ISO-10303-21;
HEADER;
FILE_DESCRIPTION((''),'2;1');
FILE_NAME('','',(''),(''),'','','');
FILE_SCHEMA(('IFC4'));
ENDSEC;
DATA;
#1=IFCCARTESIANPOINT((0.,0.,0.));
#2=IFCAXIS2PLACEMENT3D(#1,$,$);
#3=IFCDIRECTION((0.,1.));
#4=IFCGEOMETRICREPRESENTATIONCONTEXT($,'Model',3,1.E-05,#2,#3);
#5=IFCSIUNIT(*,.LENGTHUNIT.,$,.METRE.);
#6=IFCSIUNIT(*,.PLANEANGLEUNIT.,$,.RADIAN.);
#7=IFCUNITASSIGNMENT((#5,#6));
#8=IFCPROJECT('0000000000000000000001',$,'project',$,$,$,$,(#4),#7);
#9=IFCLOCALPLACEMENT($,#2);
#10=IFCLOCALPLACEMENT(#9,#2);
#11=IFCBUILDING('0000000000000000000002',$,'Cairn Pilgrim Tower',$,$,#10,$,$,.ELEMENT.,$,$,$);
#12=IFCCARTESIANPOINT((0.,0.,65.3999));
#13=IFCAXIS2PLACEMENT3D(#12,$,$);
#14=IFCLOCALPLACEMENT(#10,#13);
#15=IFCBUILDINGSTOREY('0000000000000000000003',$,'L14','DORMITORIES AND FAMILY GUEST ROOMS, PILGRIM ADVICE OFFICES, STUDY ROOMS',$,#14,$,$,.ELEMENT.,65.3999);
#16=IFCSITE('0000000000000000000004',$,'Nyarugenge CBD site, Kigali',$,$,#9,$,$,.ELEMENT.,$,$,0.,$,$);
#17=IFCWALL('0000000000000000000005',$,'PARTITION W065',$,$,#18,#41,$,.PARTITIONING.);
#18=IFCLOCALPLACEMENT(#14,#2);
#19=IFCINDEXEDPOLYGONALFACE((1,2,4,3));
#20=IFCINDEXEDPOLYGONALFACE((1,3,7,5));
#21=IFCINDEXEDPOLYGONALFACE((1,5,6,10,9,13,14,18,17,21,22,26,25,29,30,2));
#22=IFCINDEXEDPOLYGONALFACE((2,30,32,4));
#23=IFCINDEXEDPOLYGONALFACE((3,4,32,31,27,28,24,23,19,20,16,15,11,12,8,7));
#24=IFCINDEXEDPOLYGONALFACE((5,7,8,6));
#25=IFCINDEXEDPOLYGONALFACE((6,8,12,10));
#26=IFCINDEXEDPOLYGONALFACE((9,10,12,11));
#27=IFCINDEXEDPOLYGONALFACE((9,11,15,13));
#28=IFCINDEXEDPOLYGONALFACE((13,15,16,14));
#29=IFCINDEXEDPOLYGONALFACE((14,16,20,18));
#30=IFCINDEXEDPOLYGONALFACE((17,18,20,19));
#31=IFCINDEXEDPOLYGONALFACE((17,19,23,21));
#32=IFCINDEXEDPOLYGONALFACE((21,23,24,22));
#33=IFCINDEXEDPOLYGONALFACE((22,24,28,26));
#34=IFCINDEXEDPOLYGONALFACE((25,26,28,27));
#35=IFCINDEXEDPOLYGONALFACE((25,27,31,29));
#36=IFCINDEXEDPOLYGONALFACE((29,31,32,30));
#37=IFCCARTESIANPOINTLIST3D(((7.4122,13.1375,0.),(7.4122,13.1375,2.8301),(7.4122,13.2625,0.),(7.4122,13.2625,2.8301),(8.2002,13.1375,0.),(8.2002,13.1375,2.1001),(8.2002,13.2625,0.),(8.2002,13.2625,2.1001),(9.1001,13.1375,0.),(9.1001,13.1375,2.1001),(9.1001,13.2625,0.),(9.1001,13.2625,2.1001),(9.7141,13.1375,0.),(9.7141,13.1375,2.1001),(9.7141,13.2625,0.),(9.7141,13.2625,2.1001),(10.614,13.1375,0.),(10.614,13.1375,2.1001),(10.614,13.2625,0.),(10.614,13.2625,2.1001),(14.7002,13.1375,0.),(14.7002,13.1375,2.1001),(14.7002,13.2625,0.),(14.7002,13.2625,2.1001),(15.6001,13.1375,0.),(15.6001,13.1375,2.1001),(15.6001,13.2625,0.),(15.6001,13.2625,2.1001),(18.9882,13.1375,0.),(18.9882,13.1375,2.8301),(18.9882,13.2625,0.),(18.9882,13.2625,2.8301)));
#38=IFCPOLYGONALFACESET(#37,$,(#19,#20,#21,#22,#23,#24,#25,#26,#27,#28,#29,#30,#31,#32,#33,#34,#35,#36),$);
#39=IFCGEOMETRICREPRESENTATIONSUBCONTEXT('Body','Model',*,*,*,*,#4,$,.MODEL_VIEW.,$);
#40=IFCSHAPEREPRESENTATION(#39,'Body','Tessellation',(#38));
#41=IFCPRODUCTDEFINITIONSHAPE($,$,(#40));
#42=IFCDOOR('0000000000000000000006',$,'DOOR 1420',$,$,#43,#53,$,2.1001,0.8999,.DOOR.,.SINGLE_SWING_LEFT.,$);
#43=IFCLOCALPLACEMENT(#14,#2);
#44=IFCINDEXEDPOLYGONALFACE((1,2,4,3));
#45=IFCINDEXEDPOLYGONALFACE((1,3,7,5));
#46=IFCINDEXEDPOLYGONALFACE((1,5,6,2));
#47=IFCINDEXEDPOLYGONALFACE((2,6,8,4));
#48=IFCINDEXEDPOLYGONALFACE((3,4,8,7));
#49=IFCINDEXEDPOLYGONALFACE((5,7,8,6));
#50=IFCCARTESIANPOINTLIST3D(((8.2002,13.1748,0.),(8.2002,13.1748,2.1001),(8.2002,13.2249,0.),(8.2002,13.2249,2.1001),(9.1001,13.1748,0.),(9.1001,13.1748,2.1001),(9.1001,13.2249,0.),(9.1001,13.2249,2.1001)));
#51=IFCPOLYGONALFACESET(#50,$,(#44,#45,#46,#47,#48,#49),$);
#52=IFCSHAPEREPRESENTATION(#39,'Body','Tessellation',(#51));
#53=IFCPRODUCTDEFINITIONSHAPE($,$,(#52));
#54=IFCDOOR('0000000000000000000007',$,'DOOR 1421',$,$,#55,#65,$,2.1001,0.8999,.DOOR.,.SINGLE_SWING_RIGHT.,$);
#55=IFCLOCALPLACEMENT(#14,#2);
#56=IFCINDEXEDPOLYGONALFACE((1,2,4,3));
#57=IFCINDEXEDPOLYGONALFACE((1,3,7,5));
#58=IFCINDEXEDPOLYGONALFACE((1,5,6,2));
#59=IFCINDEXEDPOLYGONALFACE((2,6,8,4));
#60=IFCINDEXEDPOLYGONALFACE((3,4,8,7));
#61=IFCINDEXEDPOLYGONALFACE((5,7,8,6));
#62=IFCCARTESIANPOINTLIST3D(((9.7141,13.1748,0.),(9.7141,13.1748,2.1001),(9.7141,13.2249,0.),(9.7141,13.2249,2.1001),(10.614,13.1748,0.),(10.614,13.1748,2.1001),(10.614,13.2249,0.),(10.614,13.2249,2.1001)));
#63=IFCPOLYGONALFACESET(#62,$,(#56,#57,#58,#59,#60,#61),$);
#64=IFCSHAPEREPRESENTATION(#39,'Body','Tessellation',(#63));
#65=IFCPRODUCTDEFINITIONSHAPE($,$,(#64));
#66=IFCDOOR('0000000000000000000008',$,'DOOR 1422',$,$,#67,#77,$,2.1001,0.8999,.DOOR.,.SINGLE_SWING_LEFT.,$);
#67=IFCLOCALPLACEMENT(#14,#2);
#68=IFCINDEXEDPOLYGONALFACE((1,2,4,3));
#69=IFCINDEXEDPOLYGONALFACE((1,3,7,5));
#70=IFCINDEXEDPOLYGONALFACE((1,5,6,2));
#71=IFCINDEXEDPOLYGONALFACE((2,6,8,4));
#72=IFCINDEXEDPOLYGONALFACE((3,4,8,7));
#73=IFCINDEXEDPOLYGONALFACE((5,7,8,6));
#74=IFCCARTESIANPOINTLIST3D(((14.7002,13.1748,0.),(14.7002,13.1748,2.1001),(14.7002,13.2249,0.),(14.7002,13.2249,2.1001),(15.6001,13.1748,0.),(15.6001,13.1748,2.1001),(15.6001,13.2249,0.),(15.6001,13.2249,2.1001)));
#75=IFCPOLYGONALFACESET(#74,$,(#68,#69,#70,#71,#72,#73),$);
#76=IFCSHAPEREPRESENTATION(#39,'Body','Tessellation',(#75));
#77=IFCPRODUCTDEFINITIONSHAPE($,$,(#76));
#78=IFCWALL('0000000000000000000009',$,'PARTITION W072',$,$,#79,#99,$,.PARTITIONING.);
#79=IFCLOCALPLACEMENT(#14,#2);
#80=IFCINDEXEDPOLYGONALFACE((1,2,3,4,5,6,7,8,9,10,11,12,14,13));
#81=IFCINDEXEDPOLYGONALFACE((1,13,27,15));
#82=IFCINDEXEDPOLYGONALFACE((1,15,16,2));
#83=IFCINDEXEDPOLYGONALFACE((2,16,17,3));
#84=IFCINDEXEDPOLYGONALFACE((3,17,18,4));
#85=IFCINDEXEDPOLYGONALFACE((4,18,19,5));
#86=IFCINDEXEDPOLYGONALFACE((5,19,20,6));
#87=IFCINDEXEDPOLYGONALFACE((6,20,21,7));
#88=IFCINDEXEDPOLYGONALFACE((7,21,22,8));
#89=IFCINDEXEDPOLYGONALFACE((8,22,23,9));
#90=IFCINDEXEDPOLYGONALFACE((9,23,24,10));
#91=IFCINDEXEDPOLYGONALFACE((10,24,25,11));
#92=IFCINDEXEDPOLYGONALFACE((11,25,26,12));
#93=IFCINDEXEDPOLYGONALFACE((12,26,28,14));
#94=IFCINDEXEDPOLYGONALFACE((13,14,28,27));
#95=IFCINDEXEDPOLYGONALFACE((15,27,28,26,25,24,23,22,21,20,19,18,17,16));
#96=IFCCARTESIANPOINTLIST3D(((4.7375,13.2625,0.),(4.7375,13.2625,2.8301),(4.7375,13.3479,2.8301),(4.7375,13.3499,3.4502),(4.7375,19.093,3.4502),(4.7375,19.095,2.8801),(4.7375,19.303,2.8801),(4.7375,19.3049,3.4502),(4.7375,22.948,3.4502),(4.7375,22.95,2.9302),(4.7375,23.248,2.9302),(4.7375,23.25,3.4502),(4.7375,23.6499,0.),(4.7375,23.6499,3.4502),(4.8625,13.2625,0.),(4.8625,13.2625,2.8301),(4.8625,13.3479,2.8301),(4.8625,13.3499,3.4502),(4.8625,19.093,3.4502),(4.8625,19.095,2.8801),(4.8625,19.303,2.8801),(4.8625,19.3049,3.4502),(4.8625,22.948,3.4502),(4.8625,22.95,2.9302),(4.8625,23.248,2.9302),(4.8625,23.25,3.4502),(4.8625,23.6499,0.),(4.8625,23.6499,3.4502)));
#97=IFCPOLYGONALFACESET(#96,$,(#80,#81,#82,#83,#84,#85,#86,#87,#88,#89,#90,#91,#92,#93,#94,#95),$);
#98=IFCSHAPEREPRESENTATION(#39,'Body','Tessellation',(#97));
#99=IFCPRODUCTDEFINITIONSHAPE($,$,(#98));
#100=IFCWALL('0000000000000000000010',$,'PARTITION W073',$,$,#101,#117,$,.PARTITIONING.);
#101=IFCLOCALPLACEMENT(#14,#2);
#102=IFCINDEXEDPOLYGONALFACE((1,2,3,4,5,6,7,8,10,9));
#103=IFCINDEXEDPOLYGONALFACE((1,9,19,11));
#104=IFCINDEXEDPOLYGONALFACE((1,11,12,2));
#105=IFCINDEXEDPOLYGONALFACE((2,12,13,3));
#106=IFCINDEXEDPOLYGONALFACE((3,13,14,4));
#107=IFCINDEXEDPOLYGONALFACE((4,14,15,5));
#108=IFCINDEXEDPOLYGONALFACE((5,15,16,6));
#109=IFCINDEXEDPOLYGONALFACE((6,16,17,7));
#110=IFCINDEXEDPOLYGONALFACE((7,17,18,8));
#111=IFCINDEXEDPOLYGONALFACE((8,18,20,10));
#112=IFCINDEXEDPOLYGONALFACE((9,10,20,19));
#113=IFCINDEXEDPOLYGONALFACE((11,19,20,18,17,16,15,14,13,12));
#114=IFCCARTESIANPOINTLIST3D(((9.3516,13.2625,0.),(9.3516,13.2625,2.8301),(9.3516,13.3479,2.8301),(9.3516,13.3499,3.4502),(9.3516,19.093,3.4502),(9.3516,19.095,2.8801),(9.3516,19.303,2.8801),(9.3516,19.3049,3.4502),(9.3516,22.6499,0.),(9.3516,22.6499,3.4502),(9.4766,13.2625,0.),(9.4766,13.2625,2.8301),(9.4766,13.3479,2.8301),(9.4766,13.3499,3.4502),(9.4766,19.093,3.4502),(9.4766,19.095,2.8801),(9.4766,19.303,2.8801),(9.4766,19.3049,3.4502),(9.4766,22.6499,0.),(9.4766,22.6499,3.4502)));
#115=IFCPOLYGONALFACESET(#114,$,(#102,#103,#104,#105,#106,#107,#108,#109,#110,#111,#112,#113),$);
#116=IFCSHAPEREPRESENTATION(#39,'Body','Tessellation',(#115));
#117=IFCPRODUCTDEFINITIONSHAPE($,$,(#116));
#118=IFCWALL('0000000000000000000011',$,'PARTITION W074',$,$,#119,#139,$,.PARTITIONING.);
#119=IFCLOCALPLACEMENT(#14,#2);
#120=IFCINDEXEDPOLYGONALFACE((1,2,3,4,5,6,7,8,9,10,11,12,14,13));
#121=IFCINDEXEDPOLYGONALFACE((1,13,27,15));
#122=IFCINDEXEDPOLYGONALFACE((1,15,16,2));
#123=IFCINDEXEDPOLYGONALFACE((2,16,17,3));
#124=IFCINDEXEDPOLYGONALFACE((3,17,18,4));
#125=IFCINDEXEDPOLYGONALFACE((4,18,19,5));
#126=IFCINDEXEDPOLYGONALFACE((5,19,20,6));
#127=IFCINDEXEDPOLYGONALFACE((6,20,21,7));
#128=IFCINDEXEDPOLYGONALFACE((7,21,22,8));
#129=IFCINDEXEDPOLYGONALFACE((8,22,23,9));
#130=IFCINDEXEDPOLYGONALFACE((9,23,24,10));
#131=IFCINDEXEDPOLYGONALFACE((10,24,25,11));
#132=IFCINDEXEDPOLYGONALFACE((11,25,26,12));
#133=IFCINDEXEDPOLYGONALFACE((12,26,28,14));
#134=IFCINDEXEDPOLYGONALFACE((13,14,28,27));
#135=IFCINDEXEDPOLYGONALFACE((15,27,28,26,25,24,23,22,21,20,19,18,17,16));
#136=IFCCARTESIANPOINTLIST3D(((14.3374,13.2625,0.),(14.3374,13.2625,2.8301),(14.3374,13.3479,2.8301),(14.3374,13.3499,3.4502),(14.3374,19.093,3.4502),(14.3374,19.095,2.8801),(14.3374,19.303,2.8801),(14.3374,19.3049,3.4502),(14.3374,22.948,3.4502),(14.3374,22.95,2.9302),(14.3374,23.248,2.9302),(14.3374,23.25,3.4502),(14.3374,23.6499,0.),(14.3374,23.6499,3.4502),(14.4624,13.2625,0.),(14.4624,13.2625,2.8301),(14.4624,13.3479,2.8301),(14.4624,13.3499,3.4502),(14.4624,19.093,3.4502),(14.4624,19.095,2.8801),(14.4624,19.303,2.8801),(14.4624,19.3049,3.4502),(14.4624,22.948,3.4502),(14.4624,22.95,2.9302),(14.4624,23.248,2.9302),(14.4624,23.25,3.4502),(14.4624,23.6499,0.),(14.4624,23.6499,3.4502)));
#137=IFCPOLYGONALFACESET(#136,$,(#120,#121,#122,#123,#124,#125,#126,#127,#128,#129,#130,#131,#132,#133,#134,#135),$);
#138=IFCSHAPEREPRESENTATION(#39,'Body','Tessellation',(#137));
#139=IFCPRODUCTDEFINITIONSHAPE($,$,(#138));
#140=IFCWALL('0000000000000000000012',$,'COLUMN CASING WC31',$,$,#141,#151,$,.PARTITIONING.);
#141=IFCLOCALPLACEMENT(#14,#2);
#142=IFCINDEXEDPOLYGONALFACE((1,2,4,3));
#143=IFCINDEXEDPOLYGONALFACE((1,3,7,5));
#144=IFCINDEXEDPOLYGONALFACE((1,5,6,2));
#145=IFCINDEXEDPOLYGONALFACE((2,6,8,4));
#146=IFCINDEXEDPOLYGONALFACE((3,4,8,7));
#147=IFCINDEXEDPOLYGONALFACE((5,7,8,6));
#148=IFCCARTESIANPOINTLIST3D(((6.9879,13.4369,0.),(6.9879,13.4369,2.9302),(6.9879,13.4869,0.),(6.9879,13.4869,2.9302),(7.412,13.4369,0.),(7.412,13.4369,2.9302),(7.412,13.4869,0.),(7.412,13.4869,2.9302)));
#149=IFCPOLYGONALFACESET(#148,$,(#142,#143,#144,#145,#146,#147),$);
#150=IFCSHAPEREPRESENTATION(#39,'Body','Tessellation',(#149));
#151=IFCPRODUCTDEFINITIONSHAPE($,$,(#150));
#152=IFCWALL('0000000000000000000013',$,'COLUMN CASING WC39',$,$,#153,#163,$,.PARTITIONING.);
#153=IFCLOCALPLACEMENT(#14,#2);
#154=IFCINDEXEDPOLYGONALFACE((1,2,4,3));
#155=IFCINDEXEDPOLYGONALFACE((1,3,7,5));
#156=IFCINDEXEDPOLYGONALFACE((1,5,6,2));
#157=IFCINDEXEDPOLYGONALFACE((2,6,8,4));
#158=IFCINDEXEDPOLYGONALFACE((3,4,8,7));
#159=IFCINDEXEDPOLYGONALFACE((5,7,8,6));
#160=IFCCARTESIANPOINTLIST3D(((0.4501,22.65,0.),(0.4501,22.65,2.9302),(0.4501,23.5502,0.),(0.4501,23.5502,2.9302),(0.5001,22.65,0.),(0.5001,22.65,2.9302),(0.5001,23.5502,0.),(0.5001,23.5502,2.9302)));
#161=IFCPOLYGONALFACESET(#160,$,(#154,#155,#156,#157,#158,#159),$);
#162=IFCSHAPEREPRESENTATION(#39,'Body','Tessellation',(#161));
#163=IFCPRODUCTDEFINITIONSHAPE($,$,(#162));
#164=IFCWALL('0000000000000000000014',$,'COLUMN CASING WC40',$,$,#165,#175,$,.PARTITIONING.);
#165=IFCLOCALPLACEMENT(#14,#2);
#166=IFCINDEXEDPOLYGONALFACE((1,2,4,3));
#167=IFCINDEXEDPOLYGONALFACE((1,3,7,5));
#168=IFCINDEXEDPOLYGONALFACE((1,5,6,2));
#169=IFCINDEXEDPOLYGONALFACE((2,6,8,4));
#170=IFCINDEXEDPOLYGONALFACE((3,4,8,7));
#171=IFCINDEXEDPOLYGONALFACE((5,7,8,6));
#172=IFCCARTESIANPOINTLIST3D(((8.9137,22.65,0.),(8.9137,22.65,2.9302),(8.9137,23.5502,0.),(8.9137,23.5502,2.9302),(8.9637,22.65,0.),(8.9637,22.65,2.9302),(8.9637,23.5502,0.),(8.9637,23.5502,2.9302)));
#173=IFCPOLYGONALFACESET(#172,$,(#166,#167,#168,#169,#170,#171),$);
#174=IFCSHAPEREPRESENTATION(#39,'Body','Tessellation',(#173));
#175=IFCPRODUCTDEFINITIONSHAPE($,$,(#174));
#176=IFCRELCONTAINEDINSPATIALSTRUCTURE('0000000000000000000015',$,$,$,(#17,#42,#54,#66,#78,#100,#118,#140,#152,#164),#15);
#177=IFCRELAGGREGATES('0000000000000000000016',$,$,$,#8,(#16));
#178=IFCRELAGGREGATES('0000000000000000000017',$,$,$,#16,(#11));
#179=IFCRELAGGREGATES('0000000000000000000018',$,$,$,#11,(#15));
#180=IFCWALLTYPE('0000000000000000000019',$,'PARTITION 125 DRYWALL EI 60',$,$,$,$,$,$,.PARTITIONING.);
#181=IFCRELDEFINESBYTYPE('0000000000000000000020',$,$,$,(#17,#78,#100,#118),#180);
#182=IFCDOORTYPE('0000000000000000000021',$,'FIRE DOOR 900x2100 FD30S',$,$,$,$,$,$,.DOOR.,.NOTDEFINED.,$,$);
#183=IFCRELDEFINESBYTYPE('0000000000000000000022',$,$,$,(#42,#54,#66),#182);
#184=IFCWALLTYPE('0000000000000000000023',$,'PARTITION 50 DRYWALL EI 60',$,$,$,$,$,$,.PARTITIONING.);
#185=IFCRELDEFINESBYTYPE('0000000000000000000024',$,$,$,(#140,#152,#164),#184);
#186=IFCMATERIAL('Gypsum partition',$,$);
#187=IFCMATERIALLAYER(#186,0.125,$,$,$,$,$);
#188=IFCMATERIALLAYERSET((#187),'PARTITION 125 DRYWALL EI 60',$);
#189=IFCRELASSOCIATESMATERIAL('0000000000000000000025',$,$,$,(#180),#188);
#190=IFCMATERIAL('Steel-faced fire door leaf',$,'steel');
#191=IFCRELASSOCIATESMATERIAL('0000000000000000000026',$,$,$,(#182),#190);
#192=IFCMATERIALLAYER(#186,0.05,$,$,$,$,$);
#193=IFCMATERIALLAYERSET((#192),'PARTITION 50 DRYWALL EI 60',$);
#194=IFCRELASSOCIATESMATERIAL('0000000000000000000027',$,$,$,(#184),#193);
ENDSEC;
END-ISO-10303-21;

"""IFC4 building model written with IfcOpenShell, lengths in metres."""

from ifc_helpers import new_model, si_unit, direction, frame, frame_2d, origin, place, context, subcontext, project, spatial, polyline, rectangle, outline, extrude, material, layer, layer_set, type_object, element, fill, save


model = new_model("IFC4")

# Units and contexts
model_context = context("Model", 3, precision=1e-05, world=origin(), true_north=direction((0.0, 1.0)))
body_context = subcontext(model_context, "Body", "Model", "MODEL_VIEW")
ifc_project = project(units=[si_unit("LENGTHUNIT", "METRE"), si_unit("PLANEANGLEUNIT", "RADIAN")], contexts=[model_context])

# Site, building, storey
site_placement = place(None, origin())
site = spatial("IfcSite", under=ifc_project, at=site_placement, Name="Nyarugenge CBD site, Kigali", CompositionType="ELEMENT", RefElevation=0.0)
building_placement = place(site_placement, origin())
building = spatial("IfcBuilding", under=site, at=building_placement, Name="Cairn Pilgrim Tower", CompositionType="ELEMENT")
storey_placement = place(building_placement, frame((0.0, 0.0, 65.3999)))
storey = spatial("IfcBuildingStorey", under=building, at=storey_placement, Name="L14", Description="DORMITORIES AND FAMILY GUEST ROOMS, PILGRIM ADVICE OFFICES, STUDY ROOMS", CompositionType="ELEMENT", Elevation=65.3999)

# Wall, openings, doors
ifc_material_1 = material(Name="Gypsum partition")
ifc_layer_1 = layer(ifc_material_1, 0.125)
ifc_layer_set_1 = layer_set([ifc_layer_1], Name="PARTITION 125 DRYWALL EI 60")
wall_type_1 = type_object("IfcWallType", Name="PARTITION 125 DRYWALL EI 60", PredefinedType="PARTITIONING", material=ifc_layer_set_1)
wall_1_placement = place(storey_placement, frame((7.4121, 13.2, 0.0), z_axis=(0.0, 0.0, 1.0), x_axis=(1.0, 0.0, 0.0)))
wall_1 = element("IfcWall", 1, at=wall_1_placement, inside=storey, type_object=wall_type_1, Name="PARTITION W065", PredefinedType="PARTITIONING", context=body_context, shape_type="SweptSolid", body=[
    extrude(rectangle(XDim=11.5759, YDim=0.125, at=frame_2d((5.7881, 0.0))), origin(), (0.0, 0.0, 1.0), 2.8301),
])
opening_1_placement = place(wall_1_placement, frame((0.7881, 0.0, 0.0)))
opening_1 = element("IfcOpeningElement", 2, at=opening_1_placement, cuts=wall_1, PredefinedType="OPENING", context=body_context, shape_type="SweptSolid", body=[
    extrude(rectangle(XDim=0.8999, YDim=2.1001, at=frame_2d((0.45, 1.05))), frame((0.0, 0.0725, 0.0), z_axis=(0.0, -1.0, 0.0), x_axis=(1.0, 0.0, 0.0)), (0.0, 0.0, 1.0), 0.145),
])
opening_2_placement = place(wall_1_placement, frame((2.302, 0.0, 0.0)))
opening_2 = element("IfcOpeningElement", 3, at=opening_2_placement, cuts=wall_1, PredefinedType="OPENING", context=body_context, shape_type="SweptSolid", body=[
    extrude(rectangle(XDim=0.8999, YDim=2.1001, at=frame_2d((0.45, 1.05))), frame((0.0, 0.0725, 0.0), z_axis=(0.0, -1.0, 0.0), x_axis=(1.0, 0.0, 0.0)), (0.0, 0.0, 1.0), 0.145),
])
opening_3_placement = place(wall_1_placement, frame((7.2881, 0.0, 0.0)))
opening_3 = element("IfcOpeningElement", 4, at=opening_3_placement, cuts=wall_1, PredefinedType="OPENING", context=body_context, shape_type="SweptSolid", body=[
    extrude(rectangle(XDim=0.8999, YDim=2.1001, at=frame_2d((0.45, 1.05))), frame((0.0, 0.0725, 0.0), z_axis=(0.0, -1.0, 0.0), x_axis=(1.0, 0.0, 0.0)), (0.0, 0.0, 1.0), 0.145),
])
ifc_material_2 = material(Name="Steel-faced fire door leaf", Category="steel")
door_type_1 = type_object("IfcDoorType", Name="FIRE DOOR 900x2100 FD30S", OperationType="NOTDEFINED", PredefinedType="DOOR", material=ifc_material_2)
door_1_placement = place(opening_1_placement, origin())
door_1 = element("IfcDoor", 5, at=door_1_placement, inside=storey, type_object=door_type_1, Name="DOOR 1420", OperationType="SINGLE_SWING_LEFT", OverallHeight=2.1001, OverallWidth=0.8999, PredefinedType="DOOR", context=body_context, shape_type="SweptSolid", body=[
    extrude(rectangle(XDim=0.8999, YDim=2.1001, at=frame_2d((0.45, 1.05))), frame((0.0, 0.0249, 0.0), z_axis=(0.0, -1.0, 0.0), x_axis=(1.0, 0.0, 0.0)), (0.0, 0.0, 1.0), 0.05),
])
fill(opening_1, door_1)
door_2_placement = place(opening_2_placement, origin())
door_2 = element("IfcDoor", 6, at=door_2_placement, inside=storey, type_object=door_type_1, Name="DOOR 1421", OperationType="SINGLE_SWING_RIGHT", OverallHeight=2.1001, OverallWidth=0.8999, PredefinedType="DOOR", context=body_context, shape_type="SweptSolid", body=[
    extrude(rectangle(XDim=0.8999, YDim=2.1001, at=frame_2d((0.45, 1.05))), frame((0.0, 0.0249, 0.0), z_axis=(0.0, -1.0, 0.0), x_axis=(1.0, 0.0, 0.0)), (0.0, 0.0, 1.0), 0.05),
])
fill(opening_2, door_2)
door_3_placement = place(opening_3_placement, origin())
door_3 = element("IfcDoor", 7, at=door_3_placement, inside=storey, type_object=door_type_1, Name="DOOR 1422", OperationType="SINGLE_SWING_LEFT", OverallHeight=2.1001, OverallWidth=0.8999, PredefinedType="DOOR", context=body_context, shape_type="SweptSolid", body=[
    extrude(rectangle(XDim=0.8999, YDim=2.1001, at=frame_2d((0.45, 1.05))), frame((0.0, 0.0249, 0.0), z_axis=(0.0, -1.0, 0.0), x_axis=(1.0, 0.0, 0.0)), (0.0, 0.0, 1.0), 0.05),
])
fill(opening_3, door_3)

# Walls
wall_2_placement = place(storey_placement, frame((4.8, 13.2625, 0.0), z_axis=(0.0, 0.0, 1.0), x_axis=(0.0, 1.0, 0.0)))
element("IfcWall", 8, at=wall_2_placement, inside=storey, type_object=wall_type_1, Name="PARTITION W072", PredefinedType="PARTITIONING", context=body_context, shape_type="SweptSolid", body=[
    extrude(outline(polyline([(0.0, 0.0), (10.3875, 0.0), (10.3875, 3.4502), (9.9875, 3.4502), (9.9856, 2.9302), (9.6875, 2.9302), (9.6855, 3.4502), (6.0425, 3.4502), (6.0405, 2.8801), (5.8325, 2.8801), (5.8306, 3.4502), (0.0874, 3.4502), (0.0854, 2.8301), (0.0, 2.8301), (0.0, 0.0)])), frame((0.0, 0.0625, 0.0), z_axis=(0.0, -1.0, 0.0), x_axis=(1.0, 0.0, 0.0)), (0.0, 0.0, 1.0), 0.125),
])
wall_3_placement = place(storey_placement, frame((9.4141, 13.2625, 0.0), z_axis=(0.0, 0.0, 1.0), x_axis=(0.0, 1.0, 0.0)))
element("IfcWall", 9, at=wall_3_placement, inside=storey, type_object=wall_type_1, Name="PARTITION W073", PredefinedType="PARTITIONING", context=body_context, shape_type="SweptSolid", body=[
    extrude(outline(polyline([(0.0, 0.0), (9.3875, 0.0), (9.3875, 3.4502), (6.0425, 3.4502), (6.0405, 2.8801), (5.8325, 2.8801), (5.8306, 3.4502), (0.0874, 3.4502), (0.0854, 2.8301), (0.0, 2.8301), (0.0, 0.0)])), frame((0.0, 0.0625, 0.0), z_axis=(0.0, -1.0, 0.0), x_axis=(1.0, 0.0, 0.0)), (0.0, 0.0, 1.0), 0.125),
])
wall_4_placement = place(storey_placement, frame((14.3999, 13.2625, 0.0), z_axis=(0.0, 0.0, 1.0), x_axis=(0.0, 1.0, 0.0)))
element("IfcWall", 10, at=wall_4_placement, inside=storey, type_object=wall_type_1, Name="PARTITION W074", PredefinedType="PARTITIONING", context=body_context, shape_type="SweptSolid", body=[
    extrude(outline(polyline([(0.0, 0.0), (10.3875, 0.0), (10.3875, 3.4502), (9.9875, 3.4502), (9.9856, 2.9302), (9.6875, 2.9302), (9.6855, 3.4502), (6.0425, 3.4502), (6.0405, 2.8801), (5.8325, 2.8801), (5.8306, 3.4502), (0.0874, 3.4502), (0.0854, 2.8301), (0.0, 2.8301), (0.0, 0.0)])), frame((0.0, 0.0625, 0.0), z_axis=(0.0, -1.0, 0.0), x_axis=(1.0, 0.0, 0.0)), (0.0, 0.0, 1.0), 0.125),
])
ifc_layer_2 = layer(ifc_material_1, 0.05)
ifc_layer_set_2 = layer_set([ifc_layer_2], Name="PARTITION 50 DRYWALL EI 60")
wall_type_2 = type_object("IfcWallType", Name="PARTITION 50 DRYWALL EI 60", PredefinedType="PARTITIONING", material=ifc_layer_set_2)
wall_5_placement = place(storey_placement, frame((6.988, 13.4619, 0.0), z_axis=(0.0, 0.0, 1.0), x_axis=(1.0, 0.0, 0.0)))
element("IfcWall", 11, at=wall_5_placement, inside=storey, type_object=wall_type_2, Name="COLUMN CASING WC31", PredefinedType="PARTITIONING", context=body_context, shape_type="SweptSolid", body=[
    extrude(rectangle(XDim=0.4241, YDim=0.05, at=frame_2d((0.2119, 0.0))), origin(), (0.0, 0.0, 1.0), 2.9302),
])
for number, where, z_axis, x_axis, name in (
    (12, (0.4751, 22.6499, 0.0), (0.0, 0.0, 1.0), (0.0, 1.0, 0.0), "COLUMN CASING WC39"),
    (13, (8.9387, 22.6499, 0.0), (0.0, 0.0, 1.0), (0.0, 1.0, 0.0), "COLUMN CASING WC40"),
):
    element("IfcWall", number, at=place(storey_placement, frame(where, z_axis=z_axis, x_axis=x_axis)), inside=storey, type_object=wall_type_2, Name=name, PredefinedType="PARTITIONING", context=body_context, shape_type="SweptSolid", body=[
        extrude(rectangle(XDim=0.9001, YDim=0.05, at=frame_2d((0.4502, 0.0))), origin(), (0.0, 0.0, 1.0), 2.9302),
    ])

save(model, "model.ifc")
